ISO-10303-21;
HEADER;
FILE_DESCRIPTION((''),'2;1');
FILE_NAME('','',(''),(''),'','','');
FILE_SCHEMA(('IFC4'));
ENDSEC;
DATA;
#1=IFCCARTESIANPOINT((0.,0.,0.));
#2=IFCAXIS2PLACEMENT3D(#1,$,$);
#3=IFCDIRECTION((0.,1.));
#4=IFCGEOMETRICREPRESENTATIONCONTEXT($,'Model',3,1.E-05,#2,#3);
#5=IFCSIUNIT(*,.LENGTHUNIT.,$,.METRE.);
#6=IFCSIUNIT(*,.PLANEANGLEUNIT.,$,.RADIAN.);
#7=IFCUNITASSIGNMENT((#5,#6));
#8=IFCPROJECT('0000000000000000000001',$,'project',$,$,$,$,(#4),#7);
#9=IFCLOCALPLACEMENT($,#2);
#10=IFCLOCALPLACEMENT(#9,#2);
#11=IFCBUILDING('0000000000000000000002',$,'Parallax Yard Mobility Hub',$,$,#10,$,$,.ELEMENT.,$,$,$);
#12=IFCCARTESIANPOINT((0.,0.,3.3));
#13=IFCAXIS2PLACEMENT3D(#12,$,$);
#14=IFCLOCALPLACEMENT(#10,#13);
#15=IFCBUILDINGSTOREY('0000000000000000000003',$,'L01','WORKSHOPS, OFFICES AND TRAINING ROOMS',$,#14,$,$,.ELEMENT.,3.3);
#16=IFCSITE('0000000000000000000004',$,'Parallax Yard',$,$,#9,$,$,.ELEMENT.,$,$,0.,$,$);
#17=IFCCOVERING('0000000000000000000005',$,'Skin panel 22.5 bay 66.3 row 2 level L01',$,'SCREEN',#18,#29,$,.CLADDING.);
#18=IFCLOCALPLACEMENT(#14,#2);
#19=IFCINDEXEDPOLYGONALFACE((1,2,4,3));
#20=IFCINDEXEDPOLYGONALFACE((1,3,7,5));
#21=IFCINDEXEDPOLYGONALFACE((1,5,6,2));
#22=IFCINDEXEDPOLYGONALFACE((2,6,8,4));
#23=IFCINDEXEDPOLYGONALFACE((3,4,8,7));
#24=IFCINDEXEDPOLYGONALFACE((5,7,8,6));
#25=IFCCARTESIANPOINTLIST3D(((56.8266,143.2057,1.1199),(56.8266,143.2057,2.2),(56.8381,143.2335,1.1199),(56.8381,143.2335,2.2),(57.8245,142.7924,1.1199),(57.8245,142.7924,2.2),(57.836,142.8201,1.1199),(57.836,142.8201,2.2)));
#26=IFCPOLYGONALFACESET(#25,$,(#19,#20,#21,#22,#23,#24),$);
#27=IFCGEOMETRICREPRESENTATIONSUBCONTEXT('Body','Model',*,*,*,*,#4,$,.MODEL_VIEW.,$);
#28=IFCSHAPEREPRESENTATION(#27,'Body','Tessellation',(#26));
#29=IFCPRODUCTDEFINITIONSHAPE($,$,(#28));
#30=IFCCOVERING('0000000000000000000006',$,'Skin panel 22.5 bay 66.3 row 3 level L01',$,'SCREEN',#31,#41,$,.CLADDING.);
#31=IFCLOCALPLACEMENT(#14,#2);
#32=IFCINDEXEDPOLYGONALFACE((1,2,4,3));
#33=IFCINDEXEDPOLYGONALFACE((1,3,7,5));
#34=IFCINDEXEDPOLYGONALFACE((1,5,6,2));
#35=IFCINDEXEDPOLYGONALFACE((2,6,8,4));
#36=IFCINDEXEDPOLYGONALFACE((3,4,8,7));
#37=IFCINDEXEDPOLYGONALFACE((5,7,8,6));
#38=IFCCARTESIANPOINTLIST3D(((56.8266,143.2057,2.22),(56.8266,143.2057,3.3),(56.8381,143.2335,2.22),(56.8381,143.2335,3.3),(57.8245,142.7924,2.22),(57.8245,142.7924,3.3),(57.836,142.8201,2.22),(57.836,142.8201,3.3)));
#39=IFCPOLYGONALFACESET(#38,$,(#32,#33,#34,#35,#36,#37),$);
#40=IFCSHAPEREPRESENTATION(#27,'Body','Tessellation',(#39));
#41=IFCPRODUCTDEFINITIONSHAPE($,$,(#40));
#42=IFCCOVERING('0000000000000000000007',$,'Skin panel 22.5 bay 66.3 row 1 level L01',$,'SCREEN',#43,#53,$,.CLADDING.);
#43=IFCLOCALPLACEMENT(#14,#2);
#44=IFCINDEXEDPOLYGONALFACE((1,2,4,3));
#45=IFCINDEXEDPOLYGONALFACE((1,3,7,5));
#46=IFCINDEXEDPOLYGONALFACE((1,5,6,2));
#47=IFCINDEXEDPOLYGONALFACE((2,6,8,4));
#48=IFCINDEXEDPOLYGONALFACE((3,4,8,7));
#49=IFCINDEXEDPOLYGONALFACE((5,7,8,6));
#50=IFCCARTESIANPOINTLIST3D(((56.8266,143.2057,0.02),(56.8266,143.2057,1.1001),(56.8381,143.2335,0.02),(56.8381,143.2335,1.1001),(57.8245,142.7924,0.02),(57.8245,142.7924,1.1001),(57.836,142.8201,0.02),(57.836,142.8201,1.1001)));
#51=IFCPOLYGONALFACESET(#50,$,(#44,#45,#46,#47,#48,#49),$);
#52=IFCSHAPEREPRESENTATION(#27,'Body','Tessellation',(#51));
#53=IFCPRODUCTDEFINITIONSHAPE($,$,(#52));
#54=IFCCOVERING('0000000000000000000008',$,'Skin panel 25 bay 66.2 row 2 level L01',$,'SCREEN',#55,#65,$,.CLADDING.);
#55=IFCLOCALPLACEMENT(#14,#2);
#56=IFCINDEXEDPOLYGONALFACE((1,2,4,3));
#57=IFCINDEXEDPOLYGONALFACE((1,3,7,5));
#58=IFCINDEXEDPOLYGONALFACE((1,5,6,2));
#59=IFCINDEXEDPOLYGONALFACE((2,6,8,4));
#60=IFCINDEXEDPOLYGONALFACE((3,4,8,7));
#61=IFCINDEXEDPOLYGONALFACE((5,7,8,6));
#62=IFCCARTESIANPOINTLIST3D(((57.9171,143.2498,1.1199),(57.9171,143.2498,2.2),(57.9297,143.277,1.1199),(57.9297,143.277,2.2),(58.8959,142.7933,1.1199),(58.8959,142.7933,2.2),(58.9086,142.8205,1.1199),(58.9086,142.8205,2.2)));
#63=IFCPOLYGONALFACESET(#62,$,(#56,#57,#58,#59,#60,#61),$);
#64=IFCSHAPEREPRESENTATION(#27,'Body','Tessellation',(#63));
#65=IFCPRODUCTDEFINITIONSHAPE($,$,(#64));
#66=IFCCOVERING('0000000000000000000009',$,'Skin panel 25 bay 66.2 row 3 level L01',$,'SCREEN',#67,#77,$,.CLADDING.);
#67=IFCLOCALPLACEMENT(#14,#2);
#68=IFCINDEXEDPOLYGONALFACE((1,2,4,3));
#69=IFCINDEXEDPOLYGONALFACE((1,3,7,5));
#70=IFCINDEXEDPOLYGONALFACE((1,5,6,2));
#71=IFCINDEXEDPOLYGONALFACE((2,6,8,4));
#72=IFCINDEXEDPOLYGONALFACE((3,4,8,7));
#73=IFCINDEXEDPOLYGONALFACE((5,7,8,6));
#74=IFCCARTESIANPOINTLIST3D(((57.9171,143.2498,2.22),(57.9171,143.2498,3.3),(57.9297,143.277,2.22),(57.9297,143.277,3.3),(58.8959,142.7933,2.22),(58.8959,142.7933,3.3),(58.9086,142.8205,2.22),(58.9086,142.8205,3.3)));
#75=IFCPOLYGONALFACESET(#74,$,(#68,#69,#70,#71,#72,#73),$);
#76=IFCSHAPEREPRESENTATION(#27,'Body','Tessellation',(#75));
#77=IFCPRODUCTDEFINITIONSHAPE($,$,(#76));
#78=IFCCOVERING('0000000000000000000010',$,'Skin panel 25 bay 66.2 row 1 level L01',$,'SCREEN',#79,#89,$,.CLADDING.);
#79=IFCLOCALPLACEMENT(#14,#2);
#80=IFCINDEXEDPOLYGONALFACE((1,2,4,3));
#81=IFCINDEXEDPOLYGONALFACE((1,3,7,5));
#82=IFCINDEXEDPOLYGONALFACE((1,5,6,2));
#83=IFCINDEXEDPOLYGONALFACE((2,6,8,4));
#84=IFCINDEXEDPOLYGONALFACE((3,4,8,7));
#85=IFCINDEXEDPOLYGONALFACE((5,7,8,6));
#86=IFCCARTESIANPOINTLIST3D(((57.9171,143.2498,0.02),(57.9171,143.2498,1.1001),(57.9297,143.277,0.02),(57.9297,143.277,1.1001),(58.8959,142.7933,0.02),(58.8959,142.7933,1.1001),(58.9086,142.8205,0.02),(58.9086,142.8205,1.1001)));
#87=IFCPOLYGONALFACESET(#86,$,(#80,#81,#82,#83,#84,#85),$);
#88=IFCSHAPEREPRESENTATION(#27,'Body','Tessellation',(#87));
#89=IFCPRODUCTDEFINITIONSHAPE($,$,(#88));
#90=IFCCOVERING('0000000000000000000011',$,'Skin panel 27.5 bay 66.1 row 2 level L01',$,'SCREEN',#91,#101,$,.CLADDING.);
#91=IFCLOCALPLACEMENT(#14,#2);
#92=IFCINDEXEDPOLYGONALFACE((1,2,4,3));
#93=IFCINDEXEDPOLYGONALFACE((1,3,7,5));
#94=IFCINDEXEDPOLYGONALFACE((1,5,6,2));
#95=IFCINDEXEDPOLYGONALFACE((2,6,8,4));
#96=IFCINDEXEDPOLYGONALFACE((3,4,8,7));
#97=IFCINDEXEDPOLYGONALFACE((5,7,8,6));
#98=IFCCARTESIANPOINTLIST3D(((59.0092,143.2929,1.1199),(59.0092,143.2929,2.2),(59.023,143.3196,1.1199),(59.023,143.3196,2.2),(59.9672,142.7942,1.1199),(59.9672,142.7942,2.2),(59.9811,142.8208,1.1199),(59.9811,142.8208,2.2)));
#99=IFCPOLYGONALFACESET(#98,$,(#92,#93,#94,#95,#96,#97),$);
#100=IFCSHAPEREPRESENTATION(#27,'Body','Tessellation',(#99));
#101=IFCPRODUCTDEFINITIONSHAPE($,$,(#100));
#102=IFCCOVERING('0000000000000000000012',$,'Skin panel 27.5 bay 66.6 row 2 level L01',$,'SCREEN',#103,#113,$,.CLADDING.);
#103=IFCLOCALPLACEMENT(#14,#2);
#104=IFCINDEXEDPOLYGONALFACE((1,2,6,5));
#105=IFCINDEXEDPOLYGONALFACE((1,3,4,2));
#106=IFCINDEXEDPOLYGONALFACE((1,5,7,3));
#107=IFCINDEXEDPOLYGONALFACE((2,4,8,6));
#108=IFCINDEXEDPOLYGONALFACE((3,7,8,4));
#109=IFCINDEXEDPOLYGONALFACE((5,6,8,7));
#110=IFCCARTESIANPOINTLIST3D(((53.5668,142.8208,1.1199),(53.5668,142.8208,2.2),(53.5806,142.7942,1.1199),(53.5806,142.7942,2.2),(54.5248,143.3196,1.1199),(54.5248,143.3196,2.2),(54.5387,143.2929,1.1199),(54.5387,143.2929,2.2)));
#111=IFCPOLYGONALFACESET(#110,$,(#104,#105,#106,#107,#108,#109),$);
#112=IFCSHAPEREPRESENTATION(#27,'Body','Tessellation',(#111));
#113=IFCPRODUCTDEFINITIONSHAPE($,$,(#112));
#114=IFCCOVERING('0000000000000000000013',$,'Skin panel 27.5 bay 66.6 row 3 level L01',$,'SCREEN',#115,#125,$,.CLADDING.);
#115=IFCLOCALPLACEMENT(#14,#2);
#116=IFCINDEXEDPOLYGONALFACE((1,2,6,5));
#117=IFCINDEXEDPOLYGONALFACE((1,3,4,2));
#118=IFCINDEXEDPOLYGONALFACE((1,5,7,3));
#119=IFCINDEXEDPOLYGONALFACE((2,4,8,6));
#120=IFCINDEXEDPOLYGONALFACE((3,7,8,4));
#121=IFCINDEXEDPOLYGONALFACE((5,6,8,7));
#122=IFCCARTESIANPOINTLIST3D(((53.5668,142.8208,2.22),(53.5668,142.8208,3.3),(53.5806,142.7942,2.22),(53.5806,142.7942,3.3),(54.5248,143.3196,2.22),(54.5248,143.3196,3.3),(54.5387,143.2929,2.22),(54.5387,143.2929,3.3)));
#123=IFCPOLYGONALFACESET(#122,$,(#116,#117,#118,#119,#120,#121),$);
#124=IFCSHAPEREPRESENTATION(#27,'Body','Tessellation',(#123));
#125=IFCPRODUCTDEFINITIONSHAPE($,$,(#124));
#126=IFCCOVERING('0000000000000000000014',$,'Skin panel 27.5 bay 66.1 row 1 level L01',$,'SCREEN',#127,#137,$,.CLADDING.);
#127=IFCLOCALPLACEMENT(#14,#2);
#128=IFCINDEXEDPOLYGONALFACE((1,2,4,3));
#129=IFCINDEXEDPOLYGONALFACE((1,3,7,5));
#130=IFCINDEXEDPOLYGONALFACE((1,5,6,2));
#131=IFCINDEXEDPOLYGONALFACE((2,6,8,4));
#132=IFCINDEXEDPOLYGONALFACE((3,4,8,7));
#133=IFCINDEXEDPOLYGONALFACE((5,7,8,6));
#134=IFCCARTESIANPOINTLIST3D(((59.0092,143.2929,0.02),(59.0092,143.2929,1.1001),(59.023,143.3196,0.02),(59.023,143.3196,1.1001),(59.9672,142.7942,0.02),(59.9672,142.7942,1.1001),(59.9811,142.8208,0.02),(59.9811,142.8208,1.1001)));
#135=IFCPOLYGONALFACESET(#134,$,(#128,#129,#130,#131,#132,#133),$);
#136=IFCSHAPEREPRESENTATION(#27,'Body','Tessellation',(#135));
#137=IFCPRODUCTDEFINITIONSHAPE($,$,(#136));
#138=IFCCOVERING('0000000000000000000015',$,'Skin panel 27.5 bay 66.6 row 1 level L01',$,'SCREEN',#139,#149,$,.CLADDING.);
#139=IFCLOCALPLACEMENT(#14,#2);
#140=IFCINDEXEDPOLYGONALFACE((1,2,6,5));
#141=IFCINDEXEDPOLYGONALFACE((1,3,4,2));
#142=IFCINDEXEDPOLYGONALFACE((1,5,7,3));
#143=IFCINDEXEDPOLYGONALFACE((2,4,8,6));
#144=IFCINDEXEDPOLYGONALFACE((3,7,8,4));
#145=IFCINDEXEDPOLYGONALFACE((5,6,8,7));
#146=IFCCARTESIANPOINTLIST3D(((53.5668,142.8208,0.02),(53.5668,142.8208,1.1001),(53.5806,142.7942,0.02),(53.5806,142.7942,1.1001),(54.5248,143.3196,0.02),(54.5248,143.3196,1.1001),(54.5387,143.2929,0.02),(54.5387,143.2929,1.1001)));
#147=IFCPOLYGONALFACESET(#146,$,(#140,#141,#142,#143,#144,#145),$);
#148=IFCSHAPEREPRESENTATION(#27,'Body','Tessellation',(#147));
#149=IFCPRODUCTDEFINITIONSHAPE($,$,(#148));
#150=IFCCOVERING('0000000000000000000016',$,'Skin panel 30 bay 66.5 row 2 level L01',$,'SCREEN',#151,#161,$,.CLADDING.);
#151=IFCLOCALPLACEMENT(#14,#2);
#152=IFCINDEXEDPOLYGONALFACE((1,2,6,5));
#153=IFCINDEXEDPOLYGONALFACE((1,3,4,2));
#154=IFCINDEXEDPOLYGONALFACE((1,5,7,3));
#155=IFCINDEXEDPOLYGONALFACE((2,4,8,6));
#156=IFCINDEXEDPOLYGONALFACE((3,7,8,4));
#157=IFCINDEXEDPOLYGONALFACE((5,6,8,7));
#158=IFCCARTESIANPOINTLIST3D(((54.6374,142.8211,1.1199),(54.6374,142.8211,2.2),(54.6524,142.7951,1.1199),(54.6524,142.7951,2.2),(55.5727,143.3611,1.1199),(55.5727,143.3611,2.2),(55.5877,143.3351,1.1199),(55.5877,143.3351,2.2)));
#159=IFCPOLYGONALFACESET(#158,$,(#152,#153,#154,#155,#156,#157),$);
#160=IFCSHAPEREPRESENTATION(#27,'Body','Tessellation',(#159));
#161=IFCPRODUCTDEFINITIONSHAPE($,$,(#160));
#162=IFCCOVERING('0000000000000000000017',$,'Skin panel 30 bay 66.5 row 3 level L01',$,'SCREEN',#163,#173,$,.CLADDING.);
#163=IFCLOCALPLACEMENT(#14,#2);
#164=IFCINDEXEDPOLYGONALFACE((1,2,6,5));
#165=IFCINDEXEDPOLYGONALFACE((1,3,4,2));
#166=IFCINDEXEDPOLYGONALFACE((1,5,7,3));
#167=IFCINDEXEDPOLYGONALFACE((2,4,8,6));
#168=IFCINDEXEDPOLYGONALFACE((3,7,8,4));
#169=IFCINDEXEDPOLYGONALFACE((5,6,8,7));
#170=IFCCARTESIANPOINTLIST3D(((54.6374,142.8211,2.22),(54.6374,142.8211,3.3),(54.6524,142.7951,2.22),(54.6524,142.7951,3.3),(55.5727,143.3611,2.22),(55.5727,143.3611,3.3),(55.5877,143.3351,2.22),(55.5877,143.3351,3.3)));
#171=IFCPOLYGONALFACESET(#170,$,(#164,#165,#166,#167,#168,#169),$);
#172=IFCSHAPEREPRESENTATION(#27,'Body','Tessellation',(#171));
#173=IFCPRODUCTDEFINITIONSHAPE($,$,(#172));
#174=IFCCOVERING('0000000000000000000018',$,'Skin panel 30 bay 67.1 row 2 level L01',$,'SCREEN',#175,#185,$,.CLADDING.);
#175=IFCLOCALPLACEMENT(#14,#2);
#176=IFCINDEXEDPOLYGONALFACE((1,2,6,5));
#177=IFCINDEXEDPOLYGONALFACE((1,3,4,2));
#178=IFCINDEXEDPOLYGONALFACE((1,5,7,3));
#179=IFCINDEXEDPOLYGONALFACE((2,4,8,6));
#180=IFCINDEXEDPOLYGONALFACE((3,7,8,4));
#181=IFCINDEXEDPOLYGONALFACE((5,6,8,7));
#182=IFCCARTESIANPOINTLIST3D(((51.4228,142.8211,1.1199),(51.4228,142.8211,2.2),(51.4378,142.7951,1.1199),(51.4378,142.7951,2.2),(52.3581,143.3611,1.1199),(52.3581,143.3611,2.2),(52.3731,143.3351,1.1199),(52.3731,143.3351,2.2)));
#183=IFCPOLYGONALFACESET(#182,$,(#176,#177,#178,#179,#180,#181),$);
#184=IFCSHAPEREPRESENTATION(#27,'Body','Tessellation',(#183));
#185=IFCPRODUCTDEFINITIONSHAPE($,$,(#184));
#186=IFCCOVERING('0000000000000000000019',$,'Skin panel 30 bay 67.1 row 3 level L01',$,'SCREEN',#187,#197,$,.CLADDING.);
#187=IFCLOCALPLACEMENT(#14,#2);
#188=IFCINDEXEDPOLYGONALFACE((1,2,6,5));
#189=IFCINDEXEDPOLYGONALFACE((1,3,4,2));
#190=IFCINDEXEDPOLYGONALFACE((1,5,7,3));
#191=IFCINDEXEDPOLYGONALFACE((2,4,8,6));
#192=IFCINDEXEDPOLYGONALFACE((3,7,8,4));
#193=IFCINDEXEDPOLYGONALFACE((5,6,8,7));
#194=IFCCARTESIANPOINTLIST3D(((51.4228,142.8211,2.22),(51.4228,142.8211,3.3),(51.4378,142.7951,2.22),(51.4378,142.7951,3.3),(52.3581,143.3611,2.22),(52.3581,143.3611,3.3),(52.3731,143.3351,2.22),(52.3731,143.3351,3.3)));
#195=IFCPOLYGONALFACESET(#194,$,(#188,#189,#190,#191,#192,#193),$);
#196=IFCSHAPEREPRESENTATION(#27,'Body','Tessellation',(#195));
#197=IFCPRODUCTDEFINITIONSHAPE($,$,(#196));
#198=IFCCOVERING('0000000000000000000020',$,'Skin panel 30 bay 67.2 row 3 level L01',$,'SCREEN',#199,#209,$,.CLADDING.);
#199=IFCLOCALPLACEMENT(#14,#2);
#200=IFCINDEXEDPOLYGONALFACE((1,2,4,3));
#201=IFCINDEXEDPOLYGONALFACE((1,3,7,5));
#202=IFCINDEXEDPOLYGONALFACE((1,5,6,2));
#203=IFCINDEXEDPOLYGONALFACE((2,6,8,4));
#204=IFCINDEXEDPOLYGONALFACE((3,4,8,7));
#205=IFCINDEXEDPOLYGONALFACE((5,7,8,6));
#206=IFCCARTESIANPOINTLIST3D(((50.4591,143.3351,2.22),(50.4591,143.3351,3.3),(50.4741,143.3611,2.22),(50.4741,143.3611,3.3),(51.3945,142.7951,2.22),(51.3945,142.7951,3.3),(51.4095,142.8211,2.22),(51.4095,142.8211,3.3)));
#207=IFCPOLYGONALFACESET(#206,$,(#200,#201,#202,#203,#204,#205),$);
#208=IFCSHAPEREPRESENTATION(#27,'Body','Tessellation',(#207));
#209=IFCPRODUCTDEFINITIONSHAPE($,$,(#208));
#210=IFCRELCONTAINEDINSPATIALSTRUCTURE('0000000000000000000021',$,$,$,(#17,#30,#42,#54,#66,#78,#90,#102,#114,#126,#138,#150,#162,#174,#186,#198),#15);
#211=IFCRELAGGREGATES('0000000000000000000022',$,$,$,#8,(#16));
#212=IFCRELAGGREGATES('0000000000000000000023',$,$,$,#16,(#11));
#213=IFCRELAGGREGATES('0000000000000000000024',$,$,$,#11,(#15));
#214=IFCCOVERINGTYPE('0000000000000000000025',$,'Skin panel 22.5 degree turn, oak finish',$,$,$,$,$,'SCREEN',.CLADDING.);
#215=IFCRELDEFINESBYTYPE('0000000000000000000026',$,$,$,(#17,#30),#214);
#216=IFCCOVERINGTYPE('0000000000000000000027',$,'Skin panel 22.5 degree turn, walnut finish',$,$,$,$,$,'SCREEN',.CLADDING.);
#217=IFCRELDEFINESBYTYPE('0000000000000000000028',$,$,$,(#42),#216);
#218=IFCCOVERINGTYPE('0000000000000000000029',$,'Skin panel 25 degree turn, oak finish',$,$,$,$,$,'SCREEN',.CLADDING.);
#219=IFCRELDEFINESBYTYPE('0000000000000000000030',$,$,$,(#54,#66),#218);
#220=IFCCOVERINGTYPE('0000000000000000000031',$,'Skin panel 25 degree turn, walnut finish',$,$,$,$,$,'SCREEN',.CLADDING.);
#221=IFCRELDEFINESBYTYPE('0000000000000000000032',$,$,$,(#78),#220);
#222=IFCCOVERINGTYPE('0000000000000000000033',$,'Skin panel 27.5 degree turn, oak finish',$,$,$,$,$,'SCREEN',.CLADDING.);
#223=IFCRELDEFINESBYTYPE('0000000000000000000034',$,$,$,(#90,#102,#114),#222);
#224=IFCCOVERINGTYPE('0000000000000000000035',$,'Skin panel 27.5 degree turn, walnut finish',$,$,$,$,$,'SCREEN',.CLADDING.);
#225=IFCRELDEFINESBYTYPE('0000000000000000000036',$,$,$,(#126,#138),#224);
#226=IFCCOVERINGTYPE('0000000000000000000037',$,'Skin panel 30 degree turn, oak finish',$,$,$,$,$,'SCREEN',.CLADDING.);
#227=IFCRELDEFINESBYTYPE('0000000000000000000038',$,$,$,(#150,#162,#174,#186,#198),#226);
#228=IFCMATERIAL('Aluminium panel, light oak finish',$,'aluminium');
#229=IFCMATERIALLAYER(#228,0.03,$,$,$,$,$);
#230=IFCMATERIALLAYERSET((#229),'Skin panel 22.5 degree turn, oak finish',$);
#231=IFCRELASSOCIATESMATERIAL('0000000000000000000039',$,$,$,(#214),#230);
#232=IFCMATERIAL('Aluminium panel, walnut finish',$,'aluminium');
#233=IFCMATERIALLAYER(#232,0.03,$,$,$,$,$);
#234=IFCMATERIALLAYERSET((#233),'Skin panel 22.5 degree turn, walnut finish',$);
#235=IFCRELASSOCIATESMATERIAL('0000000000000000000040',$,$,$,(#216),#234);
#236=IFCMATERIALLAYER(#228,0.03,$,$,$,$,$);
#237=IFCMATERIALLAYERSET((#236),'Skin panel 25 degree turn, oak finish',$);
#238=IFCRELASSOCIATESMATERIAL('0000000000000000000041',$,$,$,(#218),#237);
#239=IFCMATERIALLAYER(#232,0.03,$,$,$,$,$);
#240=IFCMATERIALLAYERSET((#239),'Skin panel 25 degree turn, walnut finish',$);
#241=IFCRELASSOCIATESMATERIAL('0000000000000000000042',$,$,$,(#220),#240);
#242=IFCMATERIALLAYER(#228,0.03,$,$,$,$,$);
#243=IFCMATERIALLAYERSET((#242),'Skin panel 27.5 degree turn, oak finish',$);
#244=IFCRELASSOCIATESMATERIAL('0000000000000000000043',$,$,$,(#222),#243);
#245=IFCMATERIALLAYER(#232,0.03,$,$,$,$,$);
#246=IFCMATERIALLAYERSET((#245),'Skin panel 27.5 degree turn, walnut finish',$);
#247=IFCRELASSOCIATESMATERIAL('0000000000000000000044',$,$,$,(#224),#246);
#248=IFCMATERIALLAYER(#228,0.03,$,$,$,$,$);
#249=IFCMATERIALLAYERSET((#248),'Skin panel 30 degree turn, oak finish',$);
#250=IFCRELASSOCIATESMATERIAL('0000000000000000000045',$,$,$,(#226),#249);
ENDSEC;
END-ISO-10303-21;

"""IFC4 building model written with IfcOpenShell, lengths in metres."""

from ifc_helpers import new_model, si_unit, direction, frame, origin, origin_2d, place, context, subcontext, project, spatial, rectangle, extrude, material, layer, layer_set, type_object, element, save


model = new_model("IFC4")

# Units and contexts
model_context = context("Model", 3, precision=1e-05, world=origin(), true_north=direction((0.0, 1.0)))
body_context = subcontext(model_context, "Body", "Model", "MODEL_VIEW")
ifc_project = project(units=[si_unit("LENGTHUNIT", "METRE"), si_unit("PLANEANGLEUNIT", "RADIAN")], contexts=[model_context])

# Site, building, storey
site_placement = place(None, origin())
site = spatial("IfcSite", under=ifc_project, at=site_placement, Name="Parallax Yard", CompositionType="ELEMENT", RefElevation=0.0)
building_placement = place(site_placement, origin())
building = spatial("IfcBuilding", under=site, at=building_placement, Name="Parallax Yard Mobility Hub", CompositionType="ELEMENT")
storey_placement = place(building_placement, frame((0.0, 0.0, 3.3)))
storey = spatial("IfcBuildingStorey", under=building, at=storey_placement, Name="L01", Description="WORKSHOPS, OFFICES AND TRAINING ROOMS", CompositionType="ELEMENT", Elevation=3.3)

# Coverings
ifc_material_1 = material(Name="Aluminium panel, light oak finish", Category="aluminium")
ifc_layer_1 = layer(ifc_material_1, 0.03)
ifc_layer_set_1 = layer_set([ifc_layer_1], Name="Skin panel 22.5 degree turn, oak finish")
covering_type_1 = type_object("IfcCoveringType", Name="Skin panel 22.5 degree turn, oak finish", ElementType="SCREEN", PredefinedType="CLADDING", material=ifc_layer_set_1)
for number, where, z_axis, x_axis, name in (
    (1, (57.3313, 143.0129, 1.1199), (0.0, 0.0, 1.0), (-0.92388, 0.382683, 0.0), "Skin panel 22.5 bay 66.3 row 2 level L01"),
    (2, (57.3313, 143.0129, 2.22), (0.0, 0.0, 1.0), (-0.92388, 0.382683, 0.0), "Skin panel 22.5 bay 66.3 row 3 level L01"),
):
    element("IfcCovering", number, at=place(storey_placement, frame(where, z_axis=z_axis, x_axis=x_axis)), inside=storey, type_object=covering_type_1, Name=name, ObjectType="SCREEN", PredefinedType="CLADDING", context=body_context, shape_type="SweptSolid", body=[
        extrude(rectangle(XDim=1.0801, YDim=0.03, at=origin_2d()), origin(), (0.0, 0.0, 1.0), 1.0801),
    ])
ifc_material_2 = material(Name="Aluminium panel, walnut finish", Category="aluminium")
ifc_layer_2 = layer(ifc_material_2, 0.03)
ifc_layer_set_2 = layer_set([ifc_layer_2], Name="Skin panel 22.5 degree turn, walnut finish")
covering_type_2 = type_object("IfcCoveringType", Name="Skin panel 22.5 degree turn, walnut finish", ElementType="SCREEN", PredefinedType="CLADDING", material=ifc_layer_set_2)
covering_1_placement = place(storey_placement, frame((57.3313, 143.0129, 0.02), z_axis=(0.0, 0.0, 1.0), x_axis=(-0.92388, 0.382683, 0.0)))
element("IfcCovering", 3, at=covering_1_placement, inside=storey, type_object=covering_type_2, Name="Skin panel 22.5 bay 66.3 row 1 level L01", ObjectType="SCREEN", PredefinedType="CLADDING", context=body_context, shape_type="SweptSolid", body=[
    extrude(rectangle(XDim=1.0801, YDim=0.03, at=origin_2d()), origin(), (0.0, 0.0, 1.0), 1.0801),
])
ifc_layer_3 = layer(ifc_material_1, 0.03)
ifc_layer_set_3 = layer_set([ifc_layer_3], Name="Skin panel 25 degree turn, oak finish")
covering_type_3 = type_object("IfcCoveringType", Name="Skin panel 25 degree turn, oak finish", ElementType="SCREEN", PredefinedType="CLADDING", material=ifc_layer_set_3)
for number, where, z_axis, x_axis, name in (
    (4, (58.4128, 143.0352, 1.1199), (0.0, 0.0, 1.0), (-0.906308, 0.422618, 0.0), "Skin panel 25 bay 66.2 row 2 level L01"),
    (5, (58.4128, 143.0352, 2.22), (0.0, 0.0, 1.0), (-0.906308, 0.422618, 0.0), "Skin panel 25 bay 66.2 row 3 level L01"),
):
    element("IfcCovering", number, at=place(storey_placement, frame(where, z_axis=z_axis, x_axis=x_axis)), inside=storey, type_object=covering_type_3, Name=name, ObjectType="SCREEN", PredefinedType="CLADDING", context=body_context, shape_type="SweptSolid", body=[
        extrude(rectangle(XDim=1.0801, YDim=0.03, at=origin_2d()), origin(), (0.0, 0.0, 1.0), 1.0801),
    ])
ifc_layer_4 = layer(ifc_material_2, 0.03)
ifc_layer_set_4 = layer_set([ifc_layer_4], Name="Skin panel 25 degree turn, walnut finish")
covering_type_4 = type_object("IfcCoveringType", Name="Skin panel 25 degree turn, walnut finish", ElementType="SCREEN", PredefinedType="CLADDING", material=ifc_layer_set_4)
covering_2_placement = place(storey_placement, frame((58.4128, 143.0352, 0.02), z_axis=(0.0, 0.0, 1.0), x_axis=(-0.906308, 0.422618, 0.0)))
element("IfcCovering", 6, at=covering_2_placement, inside=storey, type_object=covering_type_4, Name="Skin panel 25 bay 66.2 row 1 level L01", ObjectType="SCREEN", PredefinedType="CLADDING", context=body_context, shape_type="SweptSolid", body=[
    extrude(rectangle(XDim=1.0801, YDim=0.03, at=origin_2d()), origin(), (0.0, 0.0, 1.0), 1.0801),
])
ifc_layer_5 = layer(ifc_material_1, 0.03)
ifc_layer_set_5 = layer_set([ifc_layer_5], Name="Skin panel 27.5 degree turn, oak finish")
covering_type_5 = type_object("IfcCoveringType", Name="Skin panel 27.5 degree turn, oak finish", ElementType="SCREEN", PredefinedType="CLADDING", material=ifc_layer_set_5)
for number, where, z_axis, x_axis, name in (
    (7, (59.4951, 143.0569, 1.1199), (0.0, 0.0, 1.0), (-0.887011, 0.461749, 0.0), "Skin panel 27.5 bay 66.1 row 2 level L01"),
    (8, (54.0527, 143.0569, 1.1199), (0.0, 0.0, 1.0), (0.887011, 0.461749, 0.0), "Skin panel 27.5 bay 66.6 row 2 level L01"),
    (9, (54.0527, 143.0569, 2.22), (0.0, 0.0, 1.0), (0.887011, 0.461749, 0.0), "Skin panel 27.5 bay 66.6 row 3 level L01"),
):
    element("IfcCovering", number, at=place(storey_placement, frame(where, z_axis=z_axis, x_axis=x_axis)), inside=storey, type_object=covering_type_5, Name=name, ObjectType="SCREEN", PredefinedType="CLADDING", context=body_context, shape_type="SweptSolid", body=[
        extrude(rectangle(XDim=1.0801, YDim=0.03, at=origin_2d()), origin(), (0.0, 0.0, 1.0), 1.0801),
    ])
ifc_layer_6 = layer(ifc_material_2, 0.03)
ifc_layer_set_6 = layer_set([ifc_layer_6], Name="Skin panel 27.5 degree turn, walnut finish")
covering_type_6 = type_object("IfcCoveringType", Name="Skin panel 27.5 degree turn, walnut finish", ElementType="SCREEN", PredefinedType="CLADDING", material=ifc_layer_set_6)
for number, where, z_axis, x_axis, name in (
    (10, (59.4951, 143.0569, 0.02), (0.0, 0.0, 1.0), (-0.887011, 0.461749, 0.0), "Skin panel 27.5 bay 66.1 row 1 level L01"),
    (11, (54.0527, 143.0569, 0.02), (0.0, 0.0, 1.0), (0.887011, 0.461749, 0.0), "Skin panel 27.5 bay 66.6 row 1 level L01"),
):
    element("IfcCovering", number, at=place(storey_placement, frame(where, z_axis=z_axis, x_axis=x_axis)), inside=storey, type_object=covering_type_6, Name=name, ObjectType="SCREEN", PredefinedType="CLADDING", context=body_context, shape_type="SweptSolid", body=[
        extrude(rectangle(XDim=1.0801, YDim=0.03, at=origin_2d()), origin(), (0.0, 0.0, 1.0), 1.0801),
    ])
ifc_layer_7 = layer(ifc_material_1, 0.03)
ifc_layer_set_7 = layer_set([ifc_layer_7], Name="Skin panel 30 degree turn, oak finish")
covering_type_7 = type_object("IfcCoveringType", Name="Skin panel 30 degree turn, oak finish", ElementType="SCREEN", PredefinedType="CLADDING", material=ifc_layer_set_7)
for number, where, z_axis, x_axis, name in (
    (12, (55.1125, 143.0781, 1.1199), (0.0, 0.0, 1.0), (0.866025, 0.5, 0.0), "Skin panel 30 bay 66.5 row 2 level L01"),
    (13, (55.1125, 143.0781, 2.22), (0.0, 0.0, 1.0), (0.866025, 0.5, 0.0), "Skin panel 30 bay 66.5 row 3 level L01"),
    (14, (51.8979, 143.0781, 1.1199), (0.0, 0.0, 1.0), (0.866025, 0.5, 0.0), "Skin panel 30 bay 67.1 row 2 level L01"),
    (15, (51.8979, 143.0781, 2.22), (0.0, 0.0, 1.0), (0.866025, 0.5, 0.0), "Skin panel 30 bay 67.1 row 3 level L01"),
    (16, (50.9343, 143.0781, 2.22), (0.0, 0.0, 1.0), (-0.866025, 0.5, 0.0), "Skin panel 30 bay 67.2 row 3 level L01"),
):
    element("IfcCovering", number, at=place(storey_placement, frame(where, z_axis=z_axis, x_axis=x_axis)), inside=storey, type_object=covering_type_7, Name=name, ObjectType="SCREEN", PredefinedType="CLADDING", context=body_context, shape_type="SweptSolid", body=[
        extrude(rectangle(XDim=1.0801, YDim=0.03, at=origin_2d()), origin(), (0.0, 0.0, 1.0), 1.0801),
    ])

save(model, "model.ifc")
